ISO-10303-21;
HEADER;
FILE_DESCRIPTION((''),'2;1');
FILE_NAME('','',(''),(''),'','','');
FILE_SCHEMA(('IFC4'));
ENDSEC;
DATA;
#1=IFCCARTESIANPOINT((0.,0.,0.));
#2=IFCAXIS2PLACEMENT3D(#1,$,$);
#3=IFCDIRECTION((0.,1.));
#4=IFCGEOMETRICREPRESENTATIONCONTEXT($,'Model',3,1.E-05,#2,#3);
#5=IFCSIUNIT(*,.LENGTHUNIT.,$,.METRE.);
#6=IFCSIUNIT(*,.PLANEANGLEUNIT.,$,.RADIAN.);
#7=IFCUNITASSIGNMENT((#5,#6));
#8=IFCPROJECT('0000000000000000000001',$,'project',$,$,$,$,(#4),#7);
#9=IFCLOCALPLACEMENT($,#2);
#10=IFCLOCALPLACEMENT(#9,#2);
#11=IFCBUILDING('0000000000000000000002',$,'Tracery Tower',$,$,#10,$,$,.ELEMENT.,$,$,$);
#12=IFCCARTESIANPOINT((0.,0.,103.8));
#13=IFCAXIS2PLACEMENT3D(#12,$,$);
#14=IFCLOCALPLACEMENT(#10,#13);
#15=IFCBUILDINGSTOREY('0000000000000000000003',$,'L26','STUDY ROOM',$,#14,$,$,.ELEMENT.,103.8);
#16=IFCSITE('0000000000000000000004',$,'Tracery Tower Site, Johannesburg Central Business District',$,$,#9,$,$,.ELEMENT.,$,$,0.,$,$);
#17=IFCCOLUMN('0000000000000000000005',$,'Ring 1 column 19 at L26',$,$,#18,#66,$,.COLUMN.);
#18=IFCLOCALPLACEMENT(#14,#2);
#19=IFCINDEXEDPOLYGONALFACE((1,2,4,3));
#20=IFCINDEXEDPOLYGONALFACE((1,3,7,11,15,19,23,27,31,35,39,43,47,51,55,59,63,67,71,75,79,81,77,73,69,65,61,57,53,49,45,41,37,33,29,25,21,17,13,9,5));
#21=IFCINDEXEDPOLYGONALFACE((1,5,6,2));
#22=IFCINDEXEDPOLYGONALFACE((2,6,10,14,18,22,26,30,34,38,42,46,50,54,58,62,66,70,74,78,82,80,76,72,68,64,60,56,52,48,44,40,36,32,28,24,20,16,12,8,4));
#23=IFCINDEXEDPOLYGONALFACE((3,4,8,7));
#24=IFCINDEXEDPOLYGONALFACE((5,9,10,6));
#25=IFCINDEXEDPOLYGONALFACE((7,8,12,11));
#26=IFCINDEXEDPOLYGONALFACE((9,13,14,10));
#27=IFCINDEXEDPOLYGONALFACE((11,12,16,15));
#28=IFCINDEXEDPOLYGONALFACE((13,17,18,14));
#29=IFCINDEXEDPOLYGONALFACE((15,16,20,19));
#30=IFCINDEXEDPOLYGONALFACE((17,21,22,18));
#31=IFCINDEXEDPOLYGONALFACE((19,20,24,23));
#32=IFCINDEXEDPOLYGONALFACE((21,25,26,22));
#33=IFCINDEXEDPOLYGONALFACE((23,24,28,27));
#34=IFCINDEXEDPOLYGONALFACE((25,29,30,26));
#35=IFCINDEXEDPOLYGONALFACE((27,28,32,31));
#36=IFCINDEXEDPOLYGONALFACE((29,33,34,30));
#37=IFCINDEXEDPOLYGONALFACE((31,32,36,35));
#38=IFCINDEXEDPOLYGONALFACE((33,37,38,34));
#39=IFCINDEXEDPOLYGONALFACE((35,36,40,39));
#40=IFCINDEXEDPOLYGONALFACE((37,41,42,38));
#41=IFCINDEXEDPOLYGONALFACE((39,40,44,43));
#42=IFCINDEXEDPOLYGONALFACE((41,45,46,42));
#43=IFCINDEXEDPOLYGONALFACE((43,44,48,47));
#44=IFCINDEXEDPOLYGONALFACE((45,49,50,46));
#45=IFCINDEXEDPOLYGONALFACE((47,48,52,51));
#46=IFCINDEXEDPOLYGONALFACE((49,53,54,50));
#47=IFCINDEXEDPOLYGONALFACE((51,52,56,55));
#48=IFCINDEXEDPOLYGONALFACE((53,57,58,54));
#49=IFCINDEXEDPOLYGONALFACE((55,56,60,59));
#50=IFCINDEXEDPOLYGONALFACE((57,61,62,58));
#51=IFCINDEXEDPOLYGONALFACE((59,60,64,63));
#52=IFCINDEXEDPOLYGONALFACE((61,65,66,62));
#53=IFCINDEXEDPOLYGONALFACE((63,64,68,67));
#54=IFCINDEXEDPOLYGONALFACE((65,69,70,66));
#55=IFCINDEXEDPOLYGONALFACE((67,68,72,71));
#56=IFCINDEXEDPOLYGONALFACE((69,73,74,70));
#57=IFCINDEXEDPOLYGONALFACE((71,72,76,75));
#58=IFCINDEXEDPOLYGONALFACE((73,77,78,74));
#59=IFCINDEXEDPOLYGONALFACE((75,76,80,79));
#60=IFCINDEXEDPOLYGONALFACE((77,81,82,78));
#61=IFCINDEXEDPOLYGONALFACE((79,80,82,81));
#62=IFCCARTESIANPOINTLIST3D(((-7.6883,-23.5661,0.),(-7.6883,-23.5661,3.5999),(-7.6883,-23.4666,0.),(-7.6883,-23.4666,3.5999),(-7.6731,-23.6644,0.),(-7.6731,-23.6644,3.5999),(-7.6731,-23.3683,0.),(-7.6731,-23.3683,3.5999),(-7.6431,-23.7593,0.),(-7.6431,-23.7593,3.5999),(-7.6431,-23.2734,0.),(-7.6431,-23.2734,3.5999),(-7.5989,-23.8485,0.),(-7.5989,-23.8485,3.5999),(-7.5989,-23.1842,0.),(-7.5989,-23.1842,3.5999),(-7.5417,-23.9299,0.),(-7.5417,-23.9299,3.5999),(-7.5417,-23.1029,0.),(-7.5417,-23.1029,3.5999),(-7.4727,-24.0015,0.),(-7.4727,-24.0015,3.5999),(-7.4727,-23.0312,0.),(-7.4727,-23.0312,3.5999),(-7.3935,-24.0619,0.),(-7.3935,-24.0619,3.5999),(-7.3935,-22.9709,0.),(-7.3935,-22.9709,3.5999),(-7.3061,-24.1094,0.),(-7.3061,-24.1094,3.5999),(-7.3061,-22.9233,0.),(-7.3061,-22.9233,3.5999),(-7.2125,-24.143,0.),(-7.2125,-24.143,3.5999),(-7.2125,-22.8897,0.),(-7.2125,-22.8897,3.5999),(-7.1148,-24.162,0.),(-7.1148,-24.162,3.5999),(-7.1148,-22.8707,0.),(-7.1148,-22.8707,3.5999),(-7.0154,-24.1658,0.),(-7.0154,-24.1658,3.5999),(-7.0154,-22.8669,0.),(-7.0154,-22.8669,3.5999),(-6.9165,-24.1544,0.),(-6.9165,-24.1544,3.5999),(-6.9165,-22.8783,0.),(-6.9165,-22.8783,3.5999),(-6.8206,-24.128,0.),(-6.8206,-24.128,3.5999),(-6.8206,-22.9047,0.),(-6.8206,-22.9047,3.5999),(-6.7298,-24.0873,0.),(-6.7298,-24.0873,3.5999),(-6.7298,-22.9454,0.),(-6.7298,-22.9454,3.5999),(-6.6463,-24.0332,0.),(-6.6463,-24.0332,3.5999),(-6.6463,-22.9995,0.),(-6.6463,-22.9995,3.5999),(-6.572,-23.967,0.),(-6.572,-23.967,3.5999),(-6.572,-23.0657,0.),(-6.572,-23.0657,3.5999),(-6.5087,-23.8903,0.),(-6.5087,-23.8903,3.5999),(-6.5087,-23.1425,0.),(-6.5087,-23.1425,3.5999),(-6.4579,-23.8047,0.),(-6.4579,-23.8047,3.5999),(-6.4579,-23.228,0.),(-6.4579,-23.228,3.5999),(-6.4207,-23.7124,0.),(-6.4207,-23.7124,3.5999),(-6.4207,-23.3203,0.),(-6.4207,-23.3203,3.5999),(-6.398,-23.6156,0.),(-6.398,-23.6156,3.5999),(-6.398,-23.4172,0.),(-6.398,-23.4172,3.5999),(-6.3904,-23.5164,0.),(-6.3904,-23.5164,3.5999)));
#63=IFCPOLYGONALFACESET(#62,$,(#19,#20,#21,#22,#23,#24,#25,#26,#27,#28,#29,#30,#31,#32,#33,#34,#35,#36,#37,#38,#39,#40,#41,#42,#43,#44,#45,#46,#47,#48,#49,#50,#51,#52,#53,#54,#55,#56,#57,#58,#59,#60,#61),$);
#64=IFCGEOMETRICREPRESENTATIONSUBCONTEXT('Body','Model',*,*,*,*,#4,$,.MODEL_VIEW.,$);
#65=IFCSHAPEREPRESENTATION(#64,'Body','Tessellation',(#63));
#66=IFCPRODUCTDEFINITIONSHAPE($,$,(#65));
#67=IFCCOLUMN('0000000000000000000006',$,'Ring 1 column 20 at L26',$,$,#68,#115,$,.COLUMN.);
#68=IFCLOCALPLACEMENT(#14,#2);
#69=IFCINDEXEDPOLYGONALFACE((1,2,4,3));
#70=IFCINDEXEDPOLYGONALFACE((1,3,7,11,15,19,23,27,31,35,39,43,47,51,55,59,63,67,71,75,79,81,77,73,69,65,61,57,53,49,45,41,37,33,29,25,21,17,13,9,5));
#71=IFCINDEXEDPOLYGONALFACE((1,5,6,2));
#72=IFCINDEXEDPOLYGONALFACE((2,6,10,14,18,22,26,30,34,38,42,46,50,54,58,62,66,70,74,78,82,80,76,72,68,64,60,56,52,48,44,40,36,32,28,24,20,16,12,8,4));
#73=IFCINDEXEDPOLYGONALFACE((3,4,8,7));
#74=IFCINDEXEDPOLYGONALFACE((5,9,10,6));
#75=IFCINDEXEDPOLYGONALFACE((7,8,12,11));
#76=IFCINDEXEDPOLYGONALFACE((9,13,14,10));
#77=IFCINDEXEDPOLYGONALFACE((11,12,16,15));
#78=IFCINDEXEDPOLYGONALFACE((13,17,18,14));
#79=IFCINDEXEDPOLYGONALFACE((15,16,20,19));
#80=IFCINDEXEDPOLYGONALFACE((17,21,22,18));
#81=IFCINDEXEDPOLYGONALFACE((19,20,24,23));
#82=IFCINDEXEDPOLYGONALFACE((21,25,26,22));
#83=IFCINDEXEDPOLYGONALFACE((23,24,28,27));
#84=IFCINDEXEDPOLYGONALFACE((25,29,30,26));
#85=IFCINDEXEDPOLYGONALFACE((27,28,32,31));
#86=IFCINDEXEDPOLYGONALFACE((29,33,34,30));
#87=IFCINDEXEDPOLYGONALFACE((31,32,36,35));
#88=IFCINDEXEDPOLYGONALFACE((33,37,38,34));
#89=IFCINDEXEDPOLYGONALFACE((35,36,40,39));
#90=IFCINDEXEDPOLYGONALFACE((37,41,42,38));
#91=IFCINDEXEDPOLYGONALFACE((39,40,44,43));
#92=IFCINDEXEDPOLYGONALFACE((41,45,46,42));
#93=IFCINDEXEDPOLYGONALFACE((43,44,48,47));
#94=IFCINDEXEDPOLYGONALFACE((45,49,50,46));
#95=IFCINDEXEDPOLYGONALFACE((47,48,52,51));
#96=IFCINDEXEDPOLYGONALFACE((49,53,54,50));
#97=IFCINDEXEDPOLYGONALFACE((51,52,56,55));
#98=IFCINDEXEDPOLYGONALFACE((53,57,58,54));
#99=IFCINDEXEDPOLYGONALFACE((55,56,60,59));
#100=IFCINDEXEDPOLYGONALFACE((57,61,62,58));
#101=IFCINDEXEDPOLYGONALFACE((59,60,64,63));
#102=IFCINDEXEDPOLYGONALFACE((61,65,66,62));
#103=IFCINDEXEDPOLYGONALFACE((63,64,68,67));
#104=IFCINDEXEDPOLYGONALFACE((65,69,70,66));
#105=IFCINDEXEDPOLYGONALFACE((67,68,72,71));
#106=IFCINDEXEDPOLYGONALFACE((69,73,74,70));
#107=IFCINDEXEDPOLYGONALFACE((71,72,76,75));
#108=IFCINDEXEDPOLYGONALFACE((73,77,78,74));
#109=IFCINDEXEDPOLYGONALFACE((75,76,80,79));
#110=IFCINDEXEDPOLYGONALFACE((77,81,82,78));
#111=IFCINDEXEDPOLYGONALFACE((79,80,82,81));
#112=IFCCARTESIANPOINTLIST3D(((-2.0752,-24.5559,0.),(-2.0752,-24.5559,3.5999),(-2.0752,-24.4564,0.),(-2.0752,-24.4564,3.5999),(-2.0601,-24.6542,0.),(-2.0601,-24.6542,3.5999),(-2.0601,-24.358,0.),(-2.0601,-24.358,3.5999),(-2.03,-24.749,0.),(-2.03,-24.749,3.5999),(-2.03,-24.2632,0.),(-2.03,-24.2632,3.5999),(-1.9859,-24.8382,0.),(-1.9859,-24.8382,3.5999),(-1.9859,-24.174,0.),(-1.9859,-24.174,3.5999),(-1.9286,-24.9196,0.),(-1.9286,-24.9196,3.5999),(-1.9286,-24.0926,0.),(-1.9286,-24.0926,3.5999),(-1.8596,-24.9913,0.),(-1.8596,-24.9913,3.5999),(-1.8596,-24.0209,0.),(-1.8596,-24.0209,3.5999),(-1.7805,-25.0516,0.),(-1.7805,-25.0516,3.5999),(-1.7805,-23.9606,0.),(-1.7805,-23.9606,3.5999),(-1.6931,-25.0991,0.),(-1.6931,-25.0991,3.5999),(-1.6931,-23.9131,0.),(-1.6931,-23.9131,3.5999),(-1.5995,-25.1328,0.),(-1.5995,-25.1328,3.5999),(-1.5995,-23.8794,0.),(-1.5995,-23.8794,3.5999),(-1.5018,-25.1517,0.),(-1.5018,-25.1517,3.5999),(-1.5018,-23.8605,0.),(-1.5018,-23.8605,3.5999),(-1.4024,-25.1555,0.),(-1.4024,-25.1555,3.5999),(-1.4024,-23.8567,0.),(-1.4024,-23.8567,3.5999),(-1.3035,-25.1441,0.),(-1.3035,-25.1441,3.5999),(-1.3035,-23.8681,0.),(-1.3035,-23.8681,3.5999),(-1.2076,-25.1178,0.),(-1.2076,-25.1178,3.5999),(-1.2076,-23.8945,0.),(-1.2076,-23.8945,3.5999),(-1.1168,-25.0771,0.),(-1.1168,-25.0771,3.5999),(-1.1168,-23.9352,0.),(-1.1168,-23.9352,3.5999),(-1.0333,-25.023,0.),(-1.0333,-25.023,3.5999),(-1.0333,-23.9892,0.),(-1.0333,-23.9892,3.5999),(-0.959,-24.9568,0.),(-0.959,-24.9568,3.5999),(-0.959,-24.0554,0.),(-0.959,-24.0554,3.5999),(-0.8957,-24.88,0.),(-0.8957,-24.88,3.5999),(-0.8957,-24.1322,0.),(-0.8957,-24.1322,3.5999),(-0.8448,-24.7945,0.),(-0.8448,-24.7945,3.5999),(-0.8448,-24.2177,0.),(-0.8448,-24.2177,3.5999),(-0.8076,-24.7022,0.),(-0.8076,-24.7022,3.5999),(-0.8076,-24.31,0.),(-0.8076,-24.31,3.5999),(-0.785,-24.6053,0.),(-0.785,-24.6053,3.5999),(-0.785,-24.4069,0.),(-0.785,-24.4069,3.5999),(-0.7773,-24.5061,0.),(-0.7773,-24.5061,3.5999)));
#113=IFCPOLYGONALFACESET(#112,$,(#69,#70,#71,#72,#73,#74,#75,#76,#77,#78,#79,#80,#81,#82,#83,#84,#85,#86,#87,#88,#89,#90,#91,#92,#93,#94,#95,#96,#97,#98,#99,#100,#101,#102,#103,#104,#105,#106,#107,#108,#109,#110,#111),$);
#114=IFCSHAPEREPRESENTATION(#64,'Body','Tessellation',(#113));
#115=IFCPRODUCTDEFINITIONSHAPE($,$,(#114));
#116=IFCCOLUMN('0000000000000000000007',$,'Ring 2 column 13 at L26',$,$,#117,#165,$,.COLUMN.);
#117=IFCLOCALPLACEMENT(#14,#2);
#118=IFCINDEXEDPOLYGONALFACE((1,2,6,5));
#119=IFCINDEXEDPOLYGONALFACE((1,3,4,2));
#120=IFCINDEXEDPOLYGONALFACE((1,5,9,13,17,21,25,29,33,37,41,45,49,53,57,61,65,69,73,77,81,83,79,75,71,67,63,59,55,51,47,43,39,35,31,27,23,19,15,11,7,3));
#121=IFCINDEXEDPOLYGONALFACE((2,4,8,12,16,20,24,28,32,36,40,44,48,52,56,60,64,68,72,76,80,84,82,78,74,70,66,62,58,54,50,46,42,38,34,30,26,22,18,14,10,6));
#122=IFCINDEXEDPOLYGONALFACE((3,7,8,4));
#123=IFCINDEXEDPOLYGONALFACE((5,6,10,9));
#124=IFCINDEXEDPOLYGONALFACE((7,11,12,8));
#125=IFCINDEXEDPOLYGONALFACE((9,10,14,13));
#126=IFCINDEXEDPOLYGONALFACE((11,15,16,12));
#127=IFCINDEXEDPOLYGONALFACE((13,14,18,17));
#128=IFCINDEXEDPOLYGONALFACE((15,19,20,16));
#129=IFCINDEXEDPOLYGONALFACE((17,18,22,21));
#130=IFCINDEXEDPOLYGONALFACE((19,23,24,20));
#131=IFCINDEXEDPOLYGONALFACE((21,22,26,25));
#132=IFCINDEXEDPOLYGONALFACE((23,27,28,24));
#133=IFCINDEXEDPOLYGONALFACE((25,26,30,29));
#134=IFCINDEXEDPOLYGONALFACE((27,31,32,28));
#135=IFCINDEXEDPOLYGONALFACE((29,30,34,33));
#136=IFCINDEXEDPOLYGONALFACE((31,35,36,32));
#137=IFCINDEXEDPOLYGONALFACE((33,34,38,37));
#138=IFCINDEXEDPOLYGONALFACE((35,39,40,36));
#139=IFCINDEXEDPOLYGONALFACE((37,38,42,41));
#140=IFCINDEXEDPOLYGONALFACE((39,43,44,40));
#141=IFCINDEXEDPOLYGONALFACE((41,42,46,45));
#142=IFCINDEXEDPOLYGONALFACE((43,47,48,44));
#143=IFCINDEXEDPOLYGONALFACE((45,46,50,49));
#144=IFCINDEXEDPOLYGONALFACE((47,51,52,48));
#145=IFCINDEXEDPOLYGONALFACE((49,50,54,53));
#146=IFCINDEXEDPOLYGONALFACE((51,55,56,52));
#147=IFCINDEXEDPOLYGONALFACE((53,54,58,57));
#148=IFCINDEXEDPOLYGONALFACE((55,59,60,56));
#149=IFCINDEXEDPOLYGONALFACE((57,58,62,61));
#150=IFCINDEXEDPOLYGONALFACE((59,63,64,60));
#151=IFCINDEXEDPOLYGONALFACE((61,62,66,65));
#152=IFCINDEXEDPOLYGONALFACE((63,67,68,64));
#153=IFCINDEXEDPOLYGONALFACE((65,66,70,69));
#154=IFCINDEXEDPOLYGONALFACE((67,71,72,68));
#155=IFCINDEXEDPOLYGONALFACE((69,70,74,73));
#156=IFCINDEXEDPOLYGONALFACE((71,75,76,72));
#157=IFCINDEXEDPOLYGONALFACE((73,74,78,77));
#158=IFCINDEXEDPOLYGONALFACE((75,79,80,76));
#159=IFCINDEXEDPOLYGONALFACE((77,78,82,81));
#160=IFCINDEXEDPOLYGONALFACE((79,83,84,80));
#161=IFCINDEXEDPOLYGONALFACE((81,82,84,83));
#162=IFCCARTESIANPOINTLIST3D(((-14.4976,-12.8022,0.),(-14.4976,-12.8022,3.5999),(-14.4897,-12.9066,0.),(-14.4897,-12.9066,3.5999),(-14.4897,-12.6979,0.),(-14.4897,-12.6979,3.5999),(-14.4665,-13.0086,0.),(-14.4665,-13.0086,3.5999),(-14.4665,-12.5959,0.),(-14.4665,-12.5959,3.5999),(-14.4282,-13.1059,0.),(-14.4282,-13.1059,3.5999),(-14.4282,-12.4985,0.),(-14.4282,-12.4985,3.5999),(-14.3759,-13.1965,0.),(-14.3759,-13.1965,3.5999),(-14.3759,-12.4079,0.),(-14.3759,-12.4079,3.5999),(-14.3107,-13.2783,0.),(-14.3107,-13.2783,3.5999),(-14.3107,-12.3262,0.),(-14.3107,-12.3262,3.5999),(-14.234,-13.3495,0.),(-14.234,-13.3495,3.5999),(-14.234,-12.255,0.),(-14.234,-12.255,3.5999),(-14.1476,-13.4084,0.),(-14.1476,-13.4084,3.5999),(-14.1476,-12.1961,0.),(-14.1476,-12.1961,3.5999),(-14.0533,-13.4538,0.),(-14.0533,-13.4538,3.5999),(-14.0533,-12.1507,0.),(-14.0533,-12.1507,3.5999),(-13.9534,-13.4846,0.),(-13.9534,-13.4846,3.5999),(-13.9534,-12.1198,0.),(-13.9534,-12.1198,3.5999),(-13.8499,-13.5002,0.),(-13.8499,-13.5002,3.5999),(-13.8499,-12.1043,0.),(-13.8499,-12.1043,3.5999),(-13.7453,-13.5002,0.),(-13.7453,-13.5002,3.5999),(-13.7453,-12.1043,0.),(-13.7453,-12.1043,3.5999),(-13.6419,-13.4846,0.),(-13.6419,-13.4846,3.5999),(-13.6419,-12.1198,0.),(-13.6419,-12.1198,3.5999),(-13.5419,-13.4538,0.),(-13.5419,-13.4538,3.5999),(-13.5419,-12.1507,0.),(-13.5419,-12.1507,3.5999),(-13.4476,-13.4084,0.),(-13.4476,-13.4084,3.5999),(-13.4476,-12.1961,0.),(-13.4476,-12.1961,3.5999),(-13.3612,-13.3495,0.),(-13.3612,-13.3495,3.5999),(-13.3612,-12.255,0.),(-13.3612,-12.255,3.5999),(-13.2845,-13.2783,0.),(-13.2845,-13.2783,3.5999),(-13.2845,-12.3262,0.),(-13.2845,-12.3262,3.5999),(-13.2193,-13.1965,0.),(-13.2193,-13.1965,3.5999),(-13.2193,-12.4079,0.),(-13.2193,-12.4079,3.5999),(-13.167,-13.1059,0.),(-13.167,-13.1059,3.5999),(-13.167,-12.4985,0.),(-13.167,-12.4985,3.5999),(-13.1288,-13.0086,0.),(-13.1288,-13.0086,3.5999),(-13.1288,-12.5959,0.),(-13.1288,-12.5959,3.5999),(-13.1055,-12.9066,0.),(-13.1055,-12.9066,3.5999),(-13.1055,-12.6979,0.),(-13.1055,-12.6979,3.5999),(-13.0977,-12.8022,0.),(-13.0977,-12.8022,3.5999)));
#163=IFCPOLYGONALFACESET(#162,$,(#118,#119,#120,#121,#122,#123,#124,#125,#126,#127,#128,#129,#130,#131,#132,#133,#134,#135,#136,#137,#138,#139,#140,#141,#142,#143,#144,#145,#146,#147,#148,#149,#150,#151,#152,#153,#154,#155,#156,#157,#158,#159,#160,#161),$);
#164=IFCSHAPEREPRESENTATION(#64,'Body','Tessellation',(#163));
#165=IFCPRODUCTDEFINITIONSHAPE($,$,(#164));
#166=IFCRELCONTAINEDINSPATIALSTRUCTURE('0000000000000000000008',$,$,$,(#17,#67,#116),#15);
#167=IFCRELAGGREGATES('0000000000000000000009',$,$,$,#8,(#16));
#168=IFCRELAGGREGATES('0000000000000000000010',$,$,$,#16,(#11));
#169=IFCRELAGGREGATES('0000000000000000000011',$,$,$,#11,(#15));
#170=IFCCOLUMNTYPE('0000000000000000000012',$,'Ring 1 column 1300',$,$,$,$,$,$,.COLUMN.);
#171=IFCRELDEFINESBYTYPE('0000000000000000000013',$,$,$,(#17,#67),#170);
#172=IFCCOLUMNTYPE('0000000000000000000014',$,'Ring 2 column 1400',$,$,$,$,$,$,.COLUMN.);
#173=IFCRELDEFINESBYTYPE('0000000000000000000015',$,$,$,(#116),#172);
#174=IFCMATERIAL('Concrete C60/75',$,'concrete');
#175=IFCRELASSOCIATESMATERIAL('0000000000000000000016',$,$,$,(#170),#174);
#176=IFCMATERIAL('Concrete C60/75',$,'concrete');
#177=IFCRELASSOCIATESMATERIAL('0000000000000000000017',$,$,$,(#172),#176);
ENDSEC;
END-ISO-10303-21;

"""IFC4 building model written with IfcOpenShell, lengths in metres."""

from ifc_helpers import new_model, si_unit, direction, frame, origin, origin_2d, place, context, subcontext, project, spatial, circle, extrude, material, material_profile, profile_set, type_object, element, save


model = new_model("IFC4")

# Units and contexts
model_context = context("Model", 3, precision=1e-05, world=origin(), true_north=direction((0.0, 1.0)))
body_context = subcontext(model_context, "Body", "Model", "MODEL_VIEW")
ifc_project = project(units=[si_unit("LENGTHUNIT", "METRE"), si_unit("PLANEANGLEUNIT", "RADIAN")], contexts=[model_context])

# Site, building, storey
site_placement = place(None, origin())
site = spatial("IfcSite", under=ifc_project, at=site_placement, Name="Tracery Tower Site, Johannesburg Central Business District", CompositionType="ELEMENT", RefElevation=0.0)
building_placement = place(site_placement, origin())
building = spatial("IfcBuilding", under=site, at=building_placement, Name="Tracery Tower", CompositionType="ELEMENT")
storey_placement = place(building_placement, frame((0.0, 0.0, 103.8)))
storey = spatial("IfcBuildingStorey", under=building, at=storey_placement, Name="L26", Description="STUDY ROOM", CompositionType="ELEMENT", Elevation=103.8)

# Columns
ifc_material_1 = material(Name="Concrete C60/75", Category="concrete")
ifc_material_profile_1 = material_profile(ifc_material_1, circle(Radius=0.6499, at=origin_2d()), Name="RC D1300")
ifc_profile_set_1 = profile_set([ifc_material_profile_1], Name="Concrete C60/75")
column_type_1 = type_object("IfcColumnType", Name="Ring 1 column 1300", PredefinedType="COLUMN", material=ifc_profile_set_1)
for number, where, z_axis, x_axis, name in (
    (1, (-7.0403, -23.5164, 0.0), (0.0, 0.0, 1.0), (1.0, 0.0, 0.0), "Ring 1 column 19 at L26"),
    (2, (-1.4272, -24.5061, 0.0), (0.0, 0.0, 1.0), (1.0, 0.0, 0.0), "Ring 1 column 20 at L26"),
):
    element("IfcColumn", number, at=place(storey_placement, frame(where, z_axis=z_axis, x_axis=x_axis)), inside=storey, type_object=column_type_1, Name=name, PredefinedType="COLUMN", context=body_context, shape_type="SweptSolid", body=[
        extrude(circle(Radius=0.6499, at=origin_2d()), origin(), (0.0, 0.0, 1.0), 3.5999),
    ])
ifc_material_2 = material(Name="Concrete C60/75", Category="concrete")
ifc_material_profile_2 = material_profile(ifc_material_2, circle(Radius=0.7, at=origin_2d()), Name="RC D1400")
ifc_profile_set_2 = profile_set([ifc_material_profile_2], Name="Concrete C60/75")
column_type_2 = type_object("IfcColumnType", Name="Ring 2 column 1400", PredefinedType="COLUMN", material=ifc_profile_set_2)
for number, where, z_axis, x_axis, name in (
    (3, (-13.7976, -12.8022, 0.0), (0.0, 0.0, 1.0), (1.0, 0.0, 0.0), "Ring 2 column 13 at L26"),
):
    element("IfcColumn", number, at=place(storey_placement, frame(where, z_axis=z_axis, x_axis=x_axis)), inside=storey, type_object=column_type_2, Name=name, PredefinedType="COLUMN", context=body_context, shape_type="SweptSolid", body=[
        extrude(circle(Radius=0.7, at=origin_2d()), origin(), (0.0, 0.0, 1.0), 3.5999),
    ])

save(model, "model.ifc")
